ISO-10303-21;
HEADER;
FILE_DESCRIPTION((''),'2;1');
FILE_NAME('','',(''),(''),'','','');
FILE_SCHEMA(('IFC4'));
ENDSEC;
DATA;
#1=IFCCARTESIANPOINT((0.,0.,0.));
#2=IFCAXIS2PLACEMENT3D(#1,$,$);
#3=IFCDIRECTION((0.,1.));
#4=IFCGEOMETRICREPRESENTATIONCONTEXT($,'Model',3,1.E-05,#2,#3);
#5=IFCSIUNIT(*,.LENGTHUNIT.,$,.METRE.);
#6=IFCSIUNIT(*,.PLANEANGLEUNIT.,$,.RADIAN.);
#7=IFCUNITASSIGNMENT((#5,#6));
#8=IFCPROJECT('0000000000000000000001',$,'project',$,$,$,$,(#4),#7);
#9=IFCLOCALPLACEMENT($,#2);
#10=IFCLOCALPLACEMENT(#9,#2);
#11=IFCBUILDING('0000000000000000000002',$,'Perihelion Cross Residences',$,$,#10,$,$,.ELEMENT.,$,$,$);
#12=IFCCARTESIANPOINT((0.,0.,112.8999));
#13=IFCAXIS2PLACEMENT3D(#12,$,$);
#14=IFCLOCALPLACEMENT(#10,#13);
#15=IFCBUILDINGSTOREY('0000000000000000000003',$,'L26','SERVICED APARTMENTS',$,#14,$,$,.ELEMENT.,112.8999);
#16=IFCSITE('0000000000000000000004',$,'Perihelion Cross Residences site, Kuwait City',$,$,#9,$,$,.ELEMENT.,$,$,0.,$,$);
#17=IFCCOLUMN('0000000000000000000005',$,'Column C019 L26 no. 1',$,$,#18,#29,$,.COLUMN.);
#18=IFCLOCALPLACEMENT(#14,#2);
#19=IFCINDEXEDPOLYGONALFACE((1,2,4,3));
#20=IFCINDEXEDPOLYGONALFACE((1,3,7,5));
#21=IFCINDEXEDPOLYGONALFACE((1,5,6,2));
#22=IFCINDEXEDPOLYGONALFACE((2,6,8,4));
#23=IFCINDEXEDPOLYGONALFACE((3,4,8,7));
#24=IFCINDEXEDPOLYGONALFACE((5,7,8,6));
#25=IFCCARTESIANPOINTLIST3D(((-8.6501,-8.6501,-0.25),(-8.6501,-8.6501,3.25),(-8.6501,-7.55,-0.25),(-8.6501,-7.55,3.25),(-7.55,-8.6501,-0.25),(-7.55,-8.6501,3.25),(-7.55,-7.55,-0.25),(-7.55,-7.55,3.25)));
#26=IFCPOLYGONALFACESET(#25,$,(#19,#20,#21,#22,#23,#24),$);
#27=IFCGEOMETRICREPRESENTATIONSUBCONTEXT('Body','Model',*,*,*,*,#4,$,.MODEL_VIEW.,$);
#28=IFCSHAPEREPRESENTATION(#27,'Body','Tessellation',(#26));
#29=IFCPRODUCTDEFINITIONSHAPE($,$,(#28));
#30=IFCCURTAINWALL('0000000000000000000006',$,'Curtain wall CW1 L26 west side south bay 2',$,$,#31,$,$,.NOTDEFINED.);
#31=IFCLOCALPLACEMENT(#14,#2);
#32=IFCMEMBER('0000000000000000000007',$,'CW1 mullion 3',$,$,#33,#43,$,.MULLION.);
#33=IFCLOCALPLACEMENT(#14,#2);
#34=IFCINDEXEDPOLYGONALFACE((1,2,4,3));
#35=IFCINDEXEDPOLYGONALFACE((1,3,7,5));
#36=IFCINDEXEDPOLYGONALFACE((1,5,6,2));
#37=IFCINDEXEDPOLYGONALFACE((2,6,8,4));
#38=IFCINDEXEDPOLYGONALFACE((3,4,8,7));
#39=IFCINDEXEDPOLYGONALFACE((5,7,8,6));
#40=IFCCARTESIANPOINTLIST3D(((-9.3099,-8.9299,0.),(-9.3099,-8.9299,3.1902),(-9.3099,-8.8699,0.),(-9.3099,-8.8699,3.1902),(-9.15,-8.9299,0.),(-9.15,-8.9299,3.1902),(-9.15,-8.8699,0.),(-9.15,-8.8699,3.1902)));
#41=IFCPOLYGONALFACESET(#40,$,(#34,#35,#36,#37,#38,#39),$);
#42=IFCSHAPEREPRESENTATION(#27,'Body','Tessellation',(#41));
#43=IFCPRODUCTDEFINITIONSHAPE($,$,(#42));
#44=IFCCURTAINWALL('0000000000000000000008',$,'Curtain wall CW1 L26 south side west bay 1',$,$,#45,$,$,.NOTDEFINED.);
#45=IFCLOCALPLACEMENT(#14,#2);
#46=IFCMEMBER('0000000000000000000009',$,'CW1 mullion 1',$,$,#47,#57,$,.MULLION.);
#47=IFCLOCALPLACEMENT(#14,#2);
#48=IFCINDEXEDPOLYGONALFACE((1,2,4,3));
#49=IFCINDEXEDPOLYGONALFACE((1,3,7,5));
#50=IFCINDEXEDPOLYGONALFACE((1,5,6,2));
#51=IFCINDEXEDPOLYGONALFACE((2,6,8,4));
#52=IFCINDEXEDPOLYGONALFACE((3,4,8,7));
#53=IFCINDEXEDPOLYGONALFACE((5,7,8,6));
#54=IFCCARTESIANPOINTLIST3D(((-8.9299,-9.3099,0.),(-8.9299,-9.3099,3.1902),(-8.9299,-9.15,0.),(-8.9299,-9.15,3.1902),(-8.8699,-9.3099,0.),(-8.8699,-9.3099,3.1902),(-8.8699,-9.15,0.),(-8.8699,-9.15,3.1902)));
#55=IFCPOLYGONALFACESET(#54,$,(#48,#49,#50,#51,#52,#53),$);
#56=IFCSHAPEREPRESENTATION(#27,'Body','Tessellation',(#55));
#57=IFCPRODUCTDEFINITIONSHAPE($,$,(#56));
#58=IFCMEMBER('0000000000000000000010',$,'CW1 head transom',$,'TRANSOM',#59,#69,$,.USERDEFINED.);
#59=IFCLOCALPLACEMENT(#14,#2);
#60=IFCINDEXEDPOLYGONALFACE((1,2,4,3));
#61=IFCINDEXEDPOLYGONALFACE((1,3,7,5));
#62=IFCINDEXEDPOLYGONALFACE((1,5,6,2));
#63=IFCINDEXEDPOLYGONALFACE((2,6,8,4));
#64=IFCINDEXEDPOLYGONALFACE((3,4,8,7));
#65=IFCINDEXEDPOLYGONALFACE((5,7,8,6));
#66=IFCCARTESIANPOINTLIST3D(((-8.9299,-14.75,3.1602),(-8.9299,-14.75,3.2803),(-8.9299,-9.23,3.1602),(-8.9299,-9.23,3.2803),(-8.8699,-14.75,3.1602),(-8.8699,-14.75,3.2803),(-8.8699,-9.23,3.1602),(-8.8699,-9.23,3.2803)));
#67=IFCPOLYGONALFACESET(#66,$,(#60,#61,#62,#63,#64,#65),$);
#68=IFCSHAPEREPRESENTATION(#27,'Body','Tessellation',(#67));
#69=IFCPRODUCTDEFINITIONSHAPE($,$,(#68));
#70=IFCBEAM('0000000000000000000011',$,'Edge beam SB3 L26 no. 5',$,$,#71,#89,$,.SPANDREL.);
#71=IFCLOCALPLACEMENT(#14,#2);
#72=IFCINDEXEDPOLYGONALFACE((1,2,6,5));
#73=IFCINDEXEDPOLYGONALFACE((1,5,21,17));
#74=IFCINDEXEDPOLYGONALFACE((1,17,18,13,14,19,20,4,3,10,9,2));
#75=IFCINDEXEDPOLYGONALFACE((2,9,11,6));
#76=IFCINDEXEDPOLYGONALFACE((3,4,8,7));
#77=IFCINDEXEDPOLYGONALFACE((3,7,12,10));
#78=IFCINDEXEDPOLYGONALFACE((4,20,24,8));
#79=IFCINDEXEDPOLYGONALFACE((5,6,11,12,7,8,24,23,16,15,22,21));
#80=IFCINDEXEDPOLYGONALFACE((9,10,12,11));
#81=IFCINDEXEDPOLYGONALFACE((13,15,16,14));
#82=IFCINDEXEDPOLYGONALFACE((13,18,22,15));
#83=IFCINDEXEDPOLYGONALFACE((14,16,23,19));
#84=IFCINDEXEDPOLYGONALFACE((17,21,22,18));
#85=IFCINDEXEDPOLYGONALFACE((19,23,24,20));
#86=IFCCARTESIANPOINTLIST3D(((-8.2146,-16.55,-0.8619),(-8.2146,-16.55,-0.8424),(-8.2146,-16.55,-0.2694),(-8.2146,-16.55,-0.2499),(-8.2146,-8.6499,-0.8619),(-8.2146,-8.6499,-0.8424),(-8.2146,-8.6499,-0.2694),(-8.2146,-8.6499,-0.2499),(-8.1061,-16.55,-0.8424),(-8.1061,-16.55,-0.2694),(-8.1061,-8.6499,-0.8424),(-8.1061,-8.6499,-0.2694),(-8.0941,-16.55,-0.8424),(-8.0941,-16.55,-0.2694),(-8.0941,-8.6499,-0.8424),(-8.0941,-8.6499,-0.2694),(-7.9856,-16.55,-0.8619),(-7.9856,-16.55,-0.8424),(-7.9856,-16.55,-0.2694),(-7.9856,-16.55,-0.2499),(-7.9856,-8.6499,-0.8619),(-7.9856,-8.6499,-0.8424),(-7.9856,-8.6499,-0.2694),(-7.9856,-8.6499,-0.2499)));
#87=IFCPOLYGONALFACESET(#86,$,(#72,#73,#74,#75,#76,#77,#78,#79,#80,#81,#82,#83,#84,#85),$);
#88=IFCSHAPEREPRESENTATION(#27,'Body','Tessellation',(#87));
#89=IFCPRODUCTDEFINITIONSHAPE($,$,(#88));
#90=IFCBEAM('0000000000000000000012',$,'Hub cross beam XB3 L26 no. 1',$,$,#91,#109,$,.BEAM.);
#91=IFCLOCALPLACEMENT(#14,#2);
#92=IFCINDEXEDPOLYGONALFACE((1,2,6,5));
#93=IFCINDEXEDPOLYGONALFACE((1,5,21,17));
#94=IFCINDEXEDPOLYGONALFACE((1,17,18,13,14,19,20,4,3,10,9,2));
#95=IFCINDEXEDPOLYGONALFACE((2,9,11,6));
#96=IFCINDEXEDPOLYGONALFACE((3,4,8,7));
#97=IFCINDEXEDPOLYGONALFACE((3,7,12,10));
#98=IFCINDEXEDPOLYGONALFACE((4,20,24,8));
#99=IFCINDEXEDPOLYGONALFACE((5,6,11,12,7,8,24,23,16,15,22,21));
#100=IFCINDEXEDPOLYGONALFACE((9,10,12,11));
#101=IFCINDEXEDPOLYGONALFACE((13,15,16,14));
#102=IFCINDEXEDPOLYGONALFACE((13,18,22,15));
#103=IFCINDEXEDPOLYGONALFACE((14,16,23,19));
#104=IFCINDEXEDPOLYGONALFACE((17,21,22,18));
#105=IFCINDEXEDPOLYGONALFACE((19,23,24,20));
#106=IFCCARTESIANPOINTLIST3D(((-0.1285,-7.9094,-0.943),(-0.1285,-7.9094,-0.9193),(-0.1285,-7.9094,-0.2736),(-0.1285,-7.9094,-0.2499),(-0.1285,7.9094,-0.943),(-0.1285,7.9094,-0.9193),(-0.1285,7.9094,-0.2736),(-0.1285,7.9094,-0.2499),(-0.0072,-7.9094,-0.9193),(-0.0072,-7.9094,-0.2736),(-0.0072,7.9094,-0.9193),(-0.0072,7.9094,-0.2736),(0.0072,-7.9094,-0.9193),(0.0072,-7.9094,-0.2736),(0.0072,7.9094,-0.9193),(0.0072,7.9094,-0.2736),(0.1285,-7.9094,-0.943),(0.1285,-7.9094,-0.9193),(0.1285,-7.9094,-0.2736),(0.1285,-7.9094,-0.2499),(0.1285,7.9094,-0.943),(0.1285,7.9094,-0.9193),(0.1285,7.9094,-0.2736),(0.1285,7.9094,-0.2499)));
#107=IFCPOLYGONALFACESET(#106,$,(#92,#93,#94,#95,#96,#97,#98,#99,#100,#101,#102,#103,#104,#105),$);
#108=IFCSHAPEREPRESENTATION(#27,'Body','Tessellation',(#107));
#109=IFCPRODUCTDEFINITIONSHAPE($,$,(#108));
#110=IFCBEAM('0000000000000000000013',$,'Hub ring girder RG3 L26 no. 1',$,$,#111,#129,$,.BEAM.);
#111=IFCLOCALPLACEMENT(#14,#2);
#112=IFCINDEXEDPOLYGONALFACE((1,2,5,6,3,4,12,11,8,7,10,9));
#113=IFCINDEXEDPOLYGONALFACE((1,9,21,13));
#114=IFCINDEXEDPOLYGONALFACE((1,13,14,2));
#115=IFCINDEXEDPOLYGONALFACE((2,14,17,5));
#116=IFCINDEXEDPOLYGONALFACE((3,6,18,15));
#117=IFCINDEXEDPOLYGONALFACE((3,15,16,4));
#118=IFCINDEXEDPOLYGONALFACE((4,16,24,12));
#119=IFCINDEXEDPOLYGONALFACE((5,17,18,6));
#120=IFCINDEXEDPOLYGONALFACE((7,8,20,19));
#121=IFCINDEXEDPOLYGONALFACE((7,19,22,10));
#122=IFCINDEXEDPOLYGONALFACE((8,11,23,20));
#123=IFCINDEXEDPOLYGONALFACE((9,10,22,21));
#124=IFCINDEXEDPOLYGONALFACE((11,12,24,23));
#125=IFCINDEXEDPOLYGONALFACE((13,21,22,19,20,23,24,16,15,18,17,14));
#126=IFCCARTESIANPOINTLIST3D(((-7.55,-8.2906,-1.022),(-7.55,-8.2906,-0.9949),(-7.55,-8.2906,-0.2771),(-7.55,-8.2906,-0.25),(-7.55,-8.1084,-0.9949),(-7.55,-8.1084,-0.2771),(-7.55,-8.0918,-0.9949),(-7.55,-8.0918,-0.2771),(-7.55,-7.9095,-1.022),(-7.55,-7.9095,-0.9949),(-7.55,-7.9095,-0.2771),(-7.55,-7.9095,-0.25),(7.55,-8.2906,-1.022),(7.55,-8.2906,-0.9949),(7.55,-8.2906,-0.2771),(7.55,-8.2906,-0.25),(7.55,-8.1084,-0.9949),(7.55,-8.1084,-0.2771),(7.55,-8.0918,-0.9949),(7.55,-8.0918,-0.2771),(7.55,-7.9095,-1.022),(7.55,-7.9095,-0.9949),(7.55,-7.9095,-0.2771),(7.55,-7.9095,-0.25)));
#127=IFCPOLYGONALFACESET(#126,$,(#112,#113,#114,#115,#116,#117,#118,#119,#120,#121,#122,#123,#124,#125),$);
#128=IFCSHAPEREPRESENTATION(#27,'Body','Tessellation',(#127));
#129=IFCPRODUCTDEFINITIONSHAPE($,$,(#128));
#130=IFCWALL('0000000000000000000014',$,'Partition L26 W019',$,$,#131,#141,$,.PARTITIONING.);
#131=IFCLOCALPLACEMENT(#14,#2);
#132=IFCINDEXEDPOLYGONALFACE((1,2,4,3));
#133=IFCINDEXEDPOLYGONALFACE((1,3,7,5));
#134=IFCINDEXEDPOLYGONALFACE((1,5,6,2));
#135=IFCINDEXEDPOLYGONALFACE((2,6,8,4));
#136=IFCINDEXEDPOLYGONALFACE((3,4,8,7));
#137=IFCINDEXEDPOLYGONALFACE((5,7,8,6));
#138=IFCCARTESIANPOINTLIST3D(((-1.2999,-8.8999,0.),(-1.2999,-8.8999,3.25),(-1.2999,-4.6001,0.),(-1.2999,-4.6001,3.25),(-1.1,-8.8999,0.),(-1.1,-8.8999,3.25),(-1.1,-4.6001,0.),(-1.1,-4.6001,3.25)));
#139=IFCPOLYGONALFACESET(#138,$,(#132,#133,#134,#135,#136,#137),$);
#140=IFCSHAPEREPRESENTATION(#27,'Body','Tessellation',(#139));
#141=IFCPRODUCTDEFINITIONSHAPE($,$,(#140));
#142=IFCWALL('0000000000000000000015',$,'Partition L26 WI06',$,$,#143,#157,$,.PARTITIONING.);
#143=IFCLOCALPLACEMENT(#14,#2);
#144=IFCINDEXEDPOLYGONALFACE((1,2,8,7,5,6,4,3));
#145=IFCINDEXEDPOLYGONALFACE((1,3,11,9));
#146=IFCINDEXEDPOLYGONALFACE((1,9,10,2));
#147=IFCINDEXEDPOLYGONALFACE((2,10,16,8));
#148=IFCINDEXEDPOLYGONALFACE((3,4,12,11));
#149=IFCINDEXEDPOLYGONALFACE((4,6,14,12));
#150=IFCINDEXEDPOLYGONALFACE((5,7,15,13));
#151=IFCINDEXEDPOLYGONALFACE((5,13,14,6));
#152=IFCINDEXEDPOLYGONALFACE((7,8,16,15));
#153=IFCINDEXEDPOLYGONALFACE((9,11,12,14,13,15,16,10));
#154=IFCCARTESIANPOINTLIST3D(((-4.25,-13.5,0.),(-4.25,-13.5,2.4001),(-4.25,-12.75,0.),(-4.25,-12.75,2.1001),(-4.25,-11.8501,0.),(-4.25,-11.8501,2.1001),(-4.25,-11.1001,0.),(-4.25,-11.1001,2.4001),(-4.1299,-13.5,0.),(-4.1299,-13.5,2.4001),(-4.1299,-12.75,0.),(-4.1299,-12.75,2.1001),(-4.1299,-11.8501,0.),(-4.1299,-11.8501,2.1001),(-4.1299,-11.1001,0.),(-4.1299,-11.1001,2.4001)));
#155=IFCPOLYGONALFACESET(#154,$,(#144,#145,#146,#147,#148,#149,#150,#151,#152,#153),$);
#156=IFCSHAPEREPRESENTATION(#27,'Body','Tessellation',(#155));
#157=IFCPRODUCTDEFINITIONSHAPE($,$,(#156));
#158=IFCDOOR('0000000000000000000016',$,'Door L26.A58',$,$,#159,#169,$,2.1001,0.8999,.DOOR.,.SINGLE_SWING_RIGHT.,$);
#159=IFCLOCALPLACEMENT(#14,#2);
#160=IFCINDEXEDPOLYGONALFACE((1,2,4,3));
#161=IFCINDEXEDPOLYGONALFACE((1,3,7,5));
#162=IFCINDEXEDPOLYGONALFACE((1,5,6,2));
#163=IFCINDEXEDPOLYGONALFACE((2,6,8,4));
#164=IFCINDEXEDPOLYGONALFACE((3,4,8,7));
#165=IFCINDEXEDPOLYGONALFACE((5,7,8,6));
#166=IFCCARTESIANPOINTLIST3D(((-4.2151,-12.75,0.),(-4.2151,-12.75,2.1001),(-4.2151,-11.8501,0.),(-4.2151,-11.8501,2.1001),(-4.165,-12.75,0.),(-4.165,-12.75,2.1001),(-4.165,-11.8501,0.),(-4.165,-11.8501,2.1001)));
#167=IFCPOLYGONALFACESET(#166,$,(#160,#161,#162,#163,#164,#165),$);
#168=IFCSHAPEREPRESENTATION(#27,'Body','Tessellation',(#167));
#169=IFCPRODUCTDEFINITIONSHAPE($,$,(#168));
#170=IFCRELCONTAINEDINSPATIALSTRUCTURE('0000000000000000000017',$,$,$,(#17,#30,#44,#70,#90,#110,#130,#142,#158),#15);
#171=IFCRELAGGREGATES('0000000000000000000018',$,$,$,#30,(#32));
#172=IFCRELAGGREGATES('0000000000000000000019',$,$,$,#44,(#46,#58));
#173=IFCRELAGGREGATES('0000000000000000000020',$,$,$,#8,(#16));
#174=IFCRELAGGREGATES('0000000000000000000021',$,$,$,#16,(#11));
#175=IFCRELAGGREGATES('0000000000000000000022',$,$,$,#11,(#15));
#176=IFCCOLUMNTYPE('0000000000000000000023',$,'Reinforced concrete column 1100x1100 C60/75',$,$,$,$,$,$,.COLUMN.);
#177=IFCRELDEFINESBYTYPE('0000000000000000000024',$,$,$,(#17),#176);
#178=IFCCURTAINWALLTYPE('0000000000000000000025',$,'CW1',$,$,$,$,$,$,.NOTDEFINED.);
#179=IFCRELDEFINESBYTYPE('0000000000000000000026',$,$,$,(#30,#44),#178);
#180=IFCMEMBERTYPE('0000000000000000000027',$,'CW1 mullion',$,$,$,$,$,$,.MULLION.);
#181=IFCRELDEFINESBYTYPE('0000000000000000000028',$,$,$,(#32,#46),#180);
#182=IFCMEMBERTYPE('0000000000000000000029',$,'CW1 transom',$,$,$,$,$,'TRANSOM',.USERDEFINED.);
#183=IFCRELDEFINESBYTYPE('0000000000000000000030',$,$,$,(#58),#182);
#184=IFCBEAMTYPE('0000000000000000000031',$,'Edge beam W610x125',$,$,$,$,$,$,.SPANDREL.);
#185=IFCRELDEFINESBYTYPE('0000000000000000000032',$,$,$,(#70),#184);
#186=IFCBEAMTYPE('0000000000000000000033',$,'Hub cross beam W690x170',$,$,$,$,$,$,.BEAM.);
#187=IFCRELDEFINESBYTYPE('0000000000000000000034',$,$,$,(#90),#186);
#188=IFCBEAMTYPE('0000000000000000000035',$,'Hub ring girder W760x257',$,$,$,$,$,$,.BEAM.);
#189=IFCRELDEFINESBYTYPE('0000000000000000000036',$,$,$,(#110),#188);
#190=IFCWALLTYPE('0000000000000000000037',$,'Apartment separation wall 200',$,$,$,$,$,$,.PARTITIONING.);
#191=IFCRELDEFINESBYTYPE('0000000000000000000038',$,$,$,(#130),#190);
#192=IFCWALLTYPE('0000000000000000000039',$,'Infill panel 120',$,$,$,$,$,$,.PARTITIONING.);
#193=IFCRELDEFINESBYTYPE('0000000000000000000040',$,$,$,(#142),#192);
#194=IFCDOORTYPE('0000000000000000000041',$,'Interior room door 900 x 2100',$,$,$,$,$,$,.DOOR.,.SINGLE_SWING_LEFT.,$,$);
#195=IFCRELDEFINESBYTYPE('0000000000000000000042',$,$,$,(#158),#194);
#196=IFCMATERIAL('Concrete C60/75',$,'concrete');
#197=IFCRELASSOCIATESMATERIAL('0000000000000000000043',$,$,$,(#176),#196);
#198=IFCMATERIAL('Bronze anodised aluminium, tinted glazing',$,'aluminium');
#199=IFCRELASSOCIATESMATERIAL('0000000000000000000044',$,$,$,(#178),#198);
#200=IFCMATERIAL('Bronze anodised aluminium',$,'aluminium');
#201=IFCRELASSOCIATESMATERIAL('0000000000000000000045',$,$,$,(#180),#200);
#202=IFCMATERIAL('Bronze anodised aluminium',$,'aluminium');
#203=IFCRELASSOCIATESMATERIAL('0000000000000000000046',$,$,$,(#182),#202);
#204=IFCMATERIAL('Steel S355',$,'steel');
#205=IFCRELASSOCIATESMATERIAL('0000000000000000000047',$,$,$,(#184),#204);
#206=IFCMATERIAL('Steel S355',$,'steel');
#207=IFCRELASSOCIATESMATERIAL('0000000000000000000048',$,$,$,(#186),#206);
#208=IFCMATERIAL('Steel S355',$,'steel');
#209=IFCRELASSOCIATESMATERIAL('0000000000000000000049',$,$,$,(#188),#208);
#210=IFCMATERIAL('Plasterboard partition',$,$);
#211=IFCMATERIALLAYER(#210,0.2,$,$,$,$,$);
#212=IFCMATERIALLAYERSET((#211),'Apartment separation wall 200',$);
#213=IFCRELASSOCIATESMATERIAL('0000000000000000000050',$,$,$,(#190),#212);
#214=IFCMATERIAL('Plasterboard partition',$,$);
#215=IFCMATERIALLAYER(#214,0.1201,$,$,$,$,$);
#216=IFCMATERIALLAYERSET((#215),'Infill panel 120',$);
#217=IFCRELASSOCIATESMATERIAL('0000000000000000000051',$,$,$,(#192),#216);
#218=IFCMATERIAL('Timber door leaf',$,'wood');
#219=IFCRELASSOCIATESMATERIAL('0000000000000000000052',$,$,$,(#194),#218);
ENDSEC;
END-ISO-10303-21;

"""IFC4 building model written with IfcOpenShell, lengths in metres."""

from ifc_helpers import new_model, si_unit, direction, frame, frame_2d, origin, origin_2d, place, context, subcontext, project, spatial, rectangle, i_section, extrude, material, layer, layer_set, material_profile, profile_set, type_object, element, fill, aggregate, save


model = new_model("IFC4")

# Units and contexts
model_context = context("Model", 3, precision=1e-05, world=origin(), true_north=direction((0.0, 1.0)))
body_context = subcontext(model_context, "Body", "Model", "MODEL_VIEW")
ifc_project = project(units=[si_unit("LENGTHUNIT", "METRE"), si_unit("PLANEANGLEUNIT", "RADIAN")], contexts=[model_context])

# Site, building, storey
site_placement = place(None, origin())
site = spatial("IfcSite", under=ifc_project, at=site_placement, Name="Perihelion Cross Residences site, Kuwait City", CompositionType="ELEMENT", RefElevation=0.0)
building_placement = place(site_placement, origin())
building = spatial("IfcBuilding", under=site, at=building_placement, Name="Perihelion Cross Residences", CompositionType="ELEMENT")
storey_placement = place(building_placement, frame((0.0, 0.0, 112.8999)))
storey = spatial("IfcBuildingStorey", under=building, at=storey_placement, Name="L26", Description="SERVICED APARTMENTS", CompositionType="ELEMENT", Elevation=112.8999)

# Column
ifc_material_1 = material(Name="Concrete C60/75", Category="concrete")
ifc_material_profile_1 = material_profile(ifc_material_1, rectangle(XDim=1.1001, YDim=1.1001, at=origin_2d()), Name="RC 1100x1100")
ifc_profile_set_1 = profile_set([ifc_material_profile_1], Name="Concrete C60/75")
column_type = type_object("IfcColumnType", Name="Reinforced concrete column 1100x1100 C60/75", PredefinedType="COLUMN", material=ifc_profile_set_1)
column_placement = place(storey_placement, frame((-8.1001, -8.1001, -0.25), z_axis=(0.0, 0.0, 1.0), x_axis=(1.0, 0.0, 0.0)))
element("IfcColumn", 1, at=column_placement, inside=storey, type_object=column_type, Name="Column C019 L26 no. 1", PredefinedType="COLUMN", context=body_context, shape_type="SweptSolid", body=[
    extrude(rectangle(XDim=1.1001, YDim=1.1001, at=origin_2d()), origin(), (0.0, 0.0, 1.0), 3.5),
])

# Curtain wall, member
ifc_material_2 = material(Name="Bronze anodised aluminium, tinted glazing", Category="aluminium")
curtain_wall_type = type_object("IfcCurtainWallType", Name="CW1", PredefinedType="NOTDEFINED", material=ifc_material_2)
curtain_wall_1_placement = place(storey_placement, origin())
curtain_wall_1 = element("IfcCurtainWall", 2, at=curtain_wall_1_placement, inside=storey, type_object=curtain_wall_type, Name="Curtain wall CW1 L26 west side south bay 2", PredefinedType="NOTDEFINED")
ifc_material_3 = material(Name="Bronze anodised aluminium", Category="aluminium")
ifc_material_profile_2 = material_profile(ifc_material_3, rectangle(XDim=0.0601, YDim=0.1599, at=origin_2d()), Name="CW1 mullion")
ifc_profile_set_2 = profile_set([ifc_material_profile_2], Name="Bronze anodised aluminium")
member_type_1 = type_object("IfcMemberType", Name="CW1 mullion", PredefinedType="MULLION", material=ifc_profile_set_2)
member_1_placement = place(storey_placement, frame((-9.23, -8.8999, 0.0), z_axis=(0.0, 0.0, 1.0), x_axis=(0.0, 1.0, 0.0)))
member_1 = element("IfcMember", 3, at=member_1_placement, type_object=member_type_1, Name="CW1 mullion 3", PredefinedType="MULLION", context=body_context, shape_type="SweptSolid", body=[
    extrude(rectangle(XDim=0.0601, YDim=0.1599, at=origin_2d()), origin(), (0.0, 0.0, 1.0), 3.1902),
])
aggregate(curtain_wall_1, [member_1])

# Curtain wall, members
curtain_wall_2_placement = place(storey_placement, origin())
curtain_wall_2 = element("IfcCurtainWall", 4, at=curtain_wall_2_placement, inside=storey, type_object=curtain_wall_type, Name="Curtain wall CW1 L26 south side west bay 1", PredefinedType="NOTDEFINED")
member_2_placement = place(storey_placement, frame((-8.8999, -9.23, 0.0), z_axis=(0.0, 0.0, 1.0), x_axis=(1.0, 0.0, 0.0)))
member_2 = element("IfcMember", 5, at=member_2_placement, type_object=member_type_1, Name="CW1 mullion 1", PredefinedType="MULLION", context=body_context, shape_type="SweptSolid", body=[
    extrude(rectangle(XDim=0.0601, YDim=0.1599, at=origin_2d()), origin(), (0.0, 0.0, 1.0), 3.1902),
])
ifc_material_4 = material(Name="Bronze anodised aluminium", Category="aluminium")
ifc_material_profile_3 = material_profile(ifc_material_4, rectangle(XDim=0.0601, YDim=0.1201, at=origin_2d()), Name="CW1 transom")
ifc_profile_set_3 = profile_set([ifc_material_profile_3], Name="Bronze anodised aluminium")
member_type_2 = type_object("IfcMemberType", Name="CW1 transom", ElementType="TRANSOM", PredefinedType="USERDEFINED", material=ifc_profile_set_3)
member_3_placement = place(storey_placement, frame((-8.8999, -9.23, 3.2202), z_axis=(0.0, -1.0, 0.0), x_axis=(1.0, 0.0, 0.0)))
member_3 = element("IfcMember", 6, at=member_3_placement, type_object=member_type_2, Name="CW1 head transom", ObjectType="TRANSOM", PredefinedType="USERDEFINED", context=body_context, shape_type="SweptSolid", body=[
    extrude(rectangle(XDim=0.0601, YDim=0.1201, at=origin_2d()), origin(), (0.0, 0.0, 1.0), 5.52),
])
aggregate(curtain_wall_2, [member_2, member_3])

# Beams
ifc_material_5 = material(Name="Steel S355", Category="steel")
ifc_material_profile_4 = material_profile(ifc_material_5, i_section(OverallWidth=0.229, OverallDepth=0.6121, WebThickness=0.012, FlangeThickness=0.0195, at=origin_2d()), Name="W610x125")
ifc_profile_set_4 = profile_set([ifc_material_profile_4], Name="Steel S355")
beam_type_1 = type_object("IfcBeamType", Name="Edge beam W610x125", PredefinedType="SPANDREL", material=ifc_profile_set_4)
beam_1_placement = place(storey_placement, frame((-8.1001, -8.6499, -0.5559), z_axis=(0.0, -1.0, 0.0), x_axis=(1.0, 0.0, 0.0)))
element("IfcBeam", 7, at=beam_1_placement, inside=storey, type_object=beam_type_1, Name="Edge beam SB3 L26 no. 5", PredefinedType="SPANDREL", context=body_context, shape_type="SweptSolid", body=[
    extrude(i_section(OverallWidth=0.229, OverallDepth=0.6121, WebThickness=0.012, FlangeThickness=0.0195, at=origin_2d()), origin(), (0.0, 0.0, 1.0), 7.9001),
])
ifc_material_6 = material(Name="Steel S355", Category="steel")
ifc_material_profile_5 = material_profile(ifc_material_6, i_section(OverallWidth=0.2571, OverallDepth=0.6931, WebThickness=0.0144, FlangeThickness=0.0237, at=origin_2d()), Name="W690x170")
ifc_profile_set_5 = profile_set([ifc_material_profile_5], Name="Steel S355")
beam_type_2 = type_object("IfcBeamType", Name="Hub cross beam W690x170", PredefinedType="BEAM", material=ifc_profile_set_5)
beam_2_placement = place(storey_placement, frame((0.0, -7.9094, -0.5964), z_axis=(0.0, 1.0, 0.0), x_axis=(-1.0, 0.0, 0.0)))
element("IfcBeam", 8, at=beam_2_placement, inside=storey, type_object=beam_type_2, Name="Hub cross beam XB3 L26 no. 1", PredefinedType="BEAM", context=body_context, shape_type="SweptSolid", body=[
    extrude(i_section(OverallWidth=0.2571, OverallDepth=0.6931, WebThickness=0.0144, FlangeThickness=0.0237, at=origin_2d()), origin(), (0.0, 0.0, 1.0), 15.8188),
])
ifc_material_7 = material(Name="Steel S355", Category="steel")
ifc_material_profile_6 = material_profile(ifc_material_7, i_section(OverallWidth=0.3811, OverallDepth=0.772, WebThickness=0.0166, FlangeThickness=0.0271, at=origin_2d()), Name="W760x257")
ifc_profile_set_6 = profile_set([ifc_material_profile_6], Name="Steel S355")
beam_type_3 = type_object("IfcBeamType", Name="Hub ring girder W760x257", PredefinedType="BEAM", material=ifc_profile_set_6)
beam_3_placement = place(storey_placement, frame((-7.55, -8.1001, -0.636), z_axis=(1.0, 0.0, 0.0), x_axis=(0.0, 1.0, 0.0)))
element("IfcBeam", 9, at=beam_3_placement, inside=storey, type_object=beam_type_3, Name="Hub ring girder RG3 L26 no. 1", PredefinedType="BEAM", context=body_context, shape_type="SweptSolid", body=[
    extrude(i_section(OverallWidth=0.3811, OverallDepth=0.772, WebThickness=0.0166, FlangeThickness=0.0271, at=origin_2d()), origin(), (0.0, 0.0, 1.0), 15.1001),
])

# Wall
ifc_material_8 = material(Name="Plasterboard partition")
ifc_layer_1 = layer(ifc_material_8, 0.2)
ifc_layer_set_1 = layer_set([ifc_layer_1], Name="Apartment separation wall 200")
wall_type_1 = type_object("IfcWallType", Name="Apartment separation wall 200", PredefinedType="PARTITIONING", material=ifc_layer_set_1)
wall_1_placement = place(storey_placement, frame((-1.2, -8.8999, 0.0), z_axis=(0.0, 0.0, 1.0), x_axis=(0.0, 1.0, 0.0)))
element("IfcWall", 10, at=wall_1_placement, inside=storey, type_object=wall_type_1, Name="Partition L26 W019", PredefinedType="PARTITIONING", context=body_context, shape_type="SweptSolid", body=[
    extrude(rectangle(XDim=4.2998, YDim=0.2, at=frame_2d((2.1499, 0.0))), origin(), (0.0, 0.0, 1.0), 3.25),
])

# Wall, opening, door
ifc_material_9 = material(Name="Plasterboard partition")
ifc_layer_2 = layer(ifc_material_9, 0.1201)
ifc_layer_set_2 = layer_set([ifc_layer_2], Name="Infill panel 120")
wall_type_2 = type_object("IfcWallType", Name="Infill panel 120", PredefinedType="PARTITIONING", material=ifc_layer_set_2)
wall_2_placement = place(storey_placement, frame((-4.1899, -11.1001, 0.0), z_axis=(0.0, 0.0, 1.0), x_axis=(0.0, -1.0, 0.0)))
wall_2 = element("IfcWall", 11, at=wall_2_placement, inside=storey, type_object=wall_type_2, Name="Partition L26 WI06", PredefinedType="PARTITIONING", context=body_context, shape_type="SweptSolid", body=[
    extrude(rectangle(XDim=2.3999, YDim=0.1201, at=frame_2d((1.2, 0.0))), origin(), (0.0, 0.0, 1.0), 2.4001),
])
opening_1_placement = place(wall_2_placement, frame((0.75, 0.0, 0.0)))
opening_1 = element("IfcOpeningElement", 12, at=opening_1_placement, cuts=wall_2, PredefinedType="OPENING", context=body_context, shape_type="SweptSolid", body=[
    extrude(rectangle(XDim=0.8999, YDim=2.1001, at=frame_2d((0.45, 1.05))), frame((0.0, 0.0701, 0.0), z_axis=(0.0, -1.0, 0.0), x_axis=(1.0, 0.0, 0.0)), (0.0, 0.0, 1.0), 0.1401),
])
ifc_material_10 = material(Name="Timber door leaf", Category="wood")
door_type_1 = type_object("IfcDoorType", Name="Interior room door 900 x 2100", OperationType="SINGLE_SWING_LEFT", PredefinedType="DOOR", material=ifc_material_10)
door_1_placement = place(opening_1_placement, origin())
door_1 = element("IfcDoor", 13, at=door_1_placement, inside=storey, type_object=door_type_1, Name="Door L26.A58", OperationType="SINGLE_SWING_RIGHT", OverallHeight=2.1001, OverallWidth=0.8999, PredefinedType="DOOR", context=body_context, shape_type="SweptSolid", body=[
    extrude(rectangle(XDim=0.8999, YDim=2.1001, at=frame_2d((0.45, 1.05))), frame((0.0, 0.0249, 0.0), z_axis=(0.0, -1.0, 0.0), x_axis=(1.0, 0.0, 0.0)), (0.0, 0.0, 1.0), 0.05),
])
fill(opening_1, door_1)

save(model, "model.ifc")
